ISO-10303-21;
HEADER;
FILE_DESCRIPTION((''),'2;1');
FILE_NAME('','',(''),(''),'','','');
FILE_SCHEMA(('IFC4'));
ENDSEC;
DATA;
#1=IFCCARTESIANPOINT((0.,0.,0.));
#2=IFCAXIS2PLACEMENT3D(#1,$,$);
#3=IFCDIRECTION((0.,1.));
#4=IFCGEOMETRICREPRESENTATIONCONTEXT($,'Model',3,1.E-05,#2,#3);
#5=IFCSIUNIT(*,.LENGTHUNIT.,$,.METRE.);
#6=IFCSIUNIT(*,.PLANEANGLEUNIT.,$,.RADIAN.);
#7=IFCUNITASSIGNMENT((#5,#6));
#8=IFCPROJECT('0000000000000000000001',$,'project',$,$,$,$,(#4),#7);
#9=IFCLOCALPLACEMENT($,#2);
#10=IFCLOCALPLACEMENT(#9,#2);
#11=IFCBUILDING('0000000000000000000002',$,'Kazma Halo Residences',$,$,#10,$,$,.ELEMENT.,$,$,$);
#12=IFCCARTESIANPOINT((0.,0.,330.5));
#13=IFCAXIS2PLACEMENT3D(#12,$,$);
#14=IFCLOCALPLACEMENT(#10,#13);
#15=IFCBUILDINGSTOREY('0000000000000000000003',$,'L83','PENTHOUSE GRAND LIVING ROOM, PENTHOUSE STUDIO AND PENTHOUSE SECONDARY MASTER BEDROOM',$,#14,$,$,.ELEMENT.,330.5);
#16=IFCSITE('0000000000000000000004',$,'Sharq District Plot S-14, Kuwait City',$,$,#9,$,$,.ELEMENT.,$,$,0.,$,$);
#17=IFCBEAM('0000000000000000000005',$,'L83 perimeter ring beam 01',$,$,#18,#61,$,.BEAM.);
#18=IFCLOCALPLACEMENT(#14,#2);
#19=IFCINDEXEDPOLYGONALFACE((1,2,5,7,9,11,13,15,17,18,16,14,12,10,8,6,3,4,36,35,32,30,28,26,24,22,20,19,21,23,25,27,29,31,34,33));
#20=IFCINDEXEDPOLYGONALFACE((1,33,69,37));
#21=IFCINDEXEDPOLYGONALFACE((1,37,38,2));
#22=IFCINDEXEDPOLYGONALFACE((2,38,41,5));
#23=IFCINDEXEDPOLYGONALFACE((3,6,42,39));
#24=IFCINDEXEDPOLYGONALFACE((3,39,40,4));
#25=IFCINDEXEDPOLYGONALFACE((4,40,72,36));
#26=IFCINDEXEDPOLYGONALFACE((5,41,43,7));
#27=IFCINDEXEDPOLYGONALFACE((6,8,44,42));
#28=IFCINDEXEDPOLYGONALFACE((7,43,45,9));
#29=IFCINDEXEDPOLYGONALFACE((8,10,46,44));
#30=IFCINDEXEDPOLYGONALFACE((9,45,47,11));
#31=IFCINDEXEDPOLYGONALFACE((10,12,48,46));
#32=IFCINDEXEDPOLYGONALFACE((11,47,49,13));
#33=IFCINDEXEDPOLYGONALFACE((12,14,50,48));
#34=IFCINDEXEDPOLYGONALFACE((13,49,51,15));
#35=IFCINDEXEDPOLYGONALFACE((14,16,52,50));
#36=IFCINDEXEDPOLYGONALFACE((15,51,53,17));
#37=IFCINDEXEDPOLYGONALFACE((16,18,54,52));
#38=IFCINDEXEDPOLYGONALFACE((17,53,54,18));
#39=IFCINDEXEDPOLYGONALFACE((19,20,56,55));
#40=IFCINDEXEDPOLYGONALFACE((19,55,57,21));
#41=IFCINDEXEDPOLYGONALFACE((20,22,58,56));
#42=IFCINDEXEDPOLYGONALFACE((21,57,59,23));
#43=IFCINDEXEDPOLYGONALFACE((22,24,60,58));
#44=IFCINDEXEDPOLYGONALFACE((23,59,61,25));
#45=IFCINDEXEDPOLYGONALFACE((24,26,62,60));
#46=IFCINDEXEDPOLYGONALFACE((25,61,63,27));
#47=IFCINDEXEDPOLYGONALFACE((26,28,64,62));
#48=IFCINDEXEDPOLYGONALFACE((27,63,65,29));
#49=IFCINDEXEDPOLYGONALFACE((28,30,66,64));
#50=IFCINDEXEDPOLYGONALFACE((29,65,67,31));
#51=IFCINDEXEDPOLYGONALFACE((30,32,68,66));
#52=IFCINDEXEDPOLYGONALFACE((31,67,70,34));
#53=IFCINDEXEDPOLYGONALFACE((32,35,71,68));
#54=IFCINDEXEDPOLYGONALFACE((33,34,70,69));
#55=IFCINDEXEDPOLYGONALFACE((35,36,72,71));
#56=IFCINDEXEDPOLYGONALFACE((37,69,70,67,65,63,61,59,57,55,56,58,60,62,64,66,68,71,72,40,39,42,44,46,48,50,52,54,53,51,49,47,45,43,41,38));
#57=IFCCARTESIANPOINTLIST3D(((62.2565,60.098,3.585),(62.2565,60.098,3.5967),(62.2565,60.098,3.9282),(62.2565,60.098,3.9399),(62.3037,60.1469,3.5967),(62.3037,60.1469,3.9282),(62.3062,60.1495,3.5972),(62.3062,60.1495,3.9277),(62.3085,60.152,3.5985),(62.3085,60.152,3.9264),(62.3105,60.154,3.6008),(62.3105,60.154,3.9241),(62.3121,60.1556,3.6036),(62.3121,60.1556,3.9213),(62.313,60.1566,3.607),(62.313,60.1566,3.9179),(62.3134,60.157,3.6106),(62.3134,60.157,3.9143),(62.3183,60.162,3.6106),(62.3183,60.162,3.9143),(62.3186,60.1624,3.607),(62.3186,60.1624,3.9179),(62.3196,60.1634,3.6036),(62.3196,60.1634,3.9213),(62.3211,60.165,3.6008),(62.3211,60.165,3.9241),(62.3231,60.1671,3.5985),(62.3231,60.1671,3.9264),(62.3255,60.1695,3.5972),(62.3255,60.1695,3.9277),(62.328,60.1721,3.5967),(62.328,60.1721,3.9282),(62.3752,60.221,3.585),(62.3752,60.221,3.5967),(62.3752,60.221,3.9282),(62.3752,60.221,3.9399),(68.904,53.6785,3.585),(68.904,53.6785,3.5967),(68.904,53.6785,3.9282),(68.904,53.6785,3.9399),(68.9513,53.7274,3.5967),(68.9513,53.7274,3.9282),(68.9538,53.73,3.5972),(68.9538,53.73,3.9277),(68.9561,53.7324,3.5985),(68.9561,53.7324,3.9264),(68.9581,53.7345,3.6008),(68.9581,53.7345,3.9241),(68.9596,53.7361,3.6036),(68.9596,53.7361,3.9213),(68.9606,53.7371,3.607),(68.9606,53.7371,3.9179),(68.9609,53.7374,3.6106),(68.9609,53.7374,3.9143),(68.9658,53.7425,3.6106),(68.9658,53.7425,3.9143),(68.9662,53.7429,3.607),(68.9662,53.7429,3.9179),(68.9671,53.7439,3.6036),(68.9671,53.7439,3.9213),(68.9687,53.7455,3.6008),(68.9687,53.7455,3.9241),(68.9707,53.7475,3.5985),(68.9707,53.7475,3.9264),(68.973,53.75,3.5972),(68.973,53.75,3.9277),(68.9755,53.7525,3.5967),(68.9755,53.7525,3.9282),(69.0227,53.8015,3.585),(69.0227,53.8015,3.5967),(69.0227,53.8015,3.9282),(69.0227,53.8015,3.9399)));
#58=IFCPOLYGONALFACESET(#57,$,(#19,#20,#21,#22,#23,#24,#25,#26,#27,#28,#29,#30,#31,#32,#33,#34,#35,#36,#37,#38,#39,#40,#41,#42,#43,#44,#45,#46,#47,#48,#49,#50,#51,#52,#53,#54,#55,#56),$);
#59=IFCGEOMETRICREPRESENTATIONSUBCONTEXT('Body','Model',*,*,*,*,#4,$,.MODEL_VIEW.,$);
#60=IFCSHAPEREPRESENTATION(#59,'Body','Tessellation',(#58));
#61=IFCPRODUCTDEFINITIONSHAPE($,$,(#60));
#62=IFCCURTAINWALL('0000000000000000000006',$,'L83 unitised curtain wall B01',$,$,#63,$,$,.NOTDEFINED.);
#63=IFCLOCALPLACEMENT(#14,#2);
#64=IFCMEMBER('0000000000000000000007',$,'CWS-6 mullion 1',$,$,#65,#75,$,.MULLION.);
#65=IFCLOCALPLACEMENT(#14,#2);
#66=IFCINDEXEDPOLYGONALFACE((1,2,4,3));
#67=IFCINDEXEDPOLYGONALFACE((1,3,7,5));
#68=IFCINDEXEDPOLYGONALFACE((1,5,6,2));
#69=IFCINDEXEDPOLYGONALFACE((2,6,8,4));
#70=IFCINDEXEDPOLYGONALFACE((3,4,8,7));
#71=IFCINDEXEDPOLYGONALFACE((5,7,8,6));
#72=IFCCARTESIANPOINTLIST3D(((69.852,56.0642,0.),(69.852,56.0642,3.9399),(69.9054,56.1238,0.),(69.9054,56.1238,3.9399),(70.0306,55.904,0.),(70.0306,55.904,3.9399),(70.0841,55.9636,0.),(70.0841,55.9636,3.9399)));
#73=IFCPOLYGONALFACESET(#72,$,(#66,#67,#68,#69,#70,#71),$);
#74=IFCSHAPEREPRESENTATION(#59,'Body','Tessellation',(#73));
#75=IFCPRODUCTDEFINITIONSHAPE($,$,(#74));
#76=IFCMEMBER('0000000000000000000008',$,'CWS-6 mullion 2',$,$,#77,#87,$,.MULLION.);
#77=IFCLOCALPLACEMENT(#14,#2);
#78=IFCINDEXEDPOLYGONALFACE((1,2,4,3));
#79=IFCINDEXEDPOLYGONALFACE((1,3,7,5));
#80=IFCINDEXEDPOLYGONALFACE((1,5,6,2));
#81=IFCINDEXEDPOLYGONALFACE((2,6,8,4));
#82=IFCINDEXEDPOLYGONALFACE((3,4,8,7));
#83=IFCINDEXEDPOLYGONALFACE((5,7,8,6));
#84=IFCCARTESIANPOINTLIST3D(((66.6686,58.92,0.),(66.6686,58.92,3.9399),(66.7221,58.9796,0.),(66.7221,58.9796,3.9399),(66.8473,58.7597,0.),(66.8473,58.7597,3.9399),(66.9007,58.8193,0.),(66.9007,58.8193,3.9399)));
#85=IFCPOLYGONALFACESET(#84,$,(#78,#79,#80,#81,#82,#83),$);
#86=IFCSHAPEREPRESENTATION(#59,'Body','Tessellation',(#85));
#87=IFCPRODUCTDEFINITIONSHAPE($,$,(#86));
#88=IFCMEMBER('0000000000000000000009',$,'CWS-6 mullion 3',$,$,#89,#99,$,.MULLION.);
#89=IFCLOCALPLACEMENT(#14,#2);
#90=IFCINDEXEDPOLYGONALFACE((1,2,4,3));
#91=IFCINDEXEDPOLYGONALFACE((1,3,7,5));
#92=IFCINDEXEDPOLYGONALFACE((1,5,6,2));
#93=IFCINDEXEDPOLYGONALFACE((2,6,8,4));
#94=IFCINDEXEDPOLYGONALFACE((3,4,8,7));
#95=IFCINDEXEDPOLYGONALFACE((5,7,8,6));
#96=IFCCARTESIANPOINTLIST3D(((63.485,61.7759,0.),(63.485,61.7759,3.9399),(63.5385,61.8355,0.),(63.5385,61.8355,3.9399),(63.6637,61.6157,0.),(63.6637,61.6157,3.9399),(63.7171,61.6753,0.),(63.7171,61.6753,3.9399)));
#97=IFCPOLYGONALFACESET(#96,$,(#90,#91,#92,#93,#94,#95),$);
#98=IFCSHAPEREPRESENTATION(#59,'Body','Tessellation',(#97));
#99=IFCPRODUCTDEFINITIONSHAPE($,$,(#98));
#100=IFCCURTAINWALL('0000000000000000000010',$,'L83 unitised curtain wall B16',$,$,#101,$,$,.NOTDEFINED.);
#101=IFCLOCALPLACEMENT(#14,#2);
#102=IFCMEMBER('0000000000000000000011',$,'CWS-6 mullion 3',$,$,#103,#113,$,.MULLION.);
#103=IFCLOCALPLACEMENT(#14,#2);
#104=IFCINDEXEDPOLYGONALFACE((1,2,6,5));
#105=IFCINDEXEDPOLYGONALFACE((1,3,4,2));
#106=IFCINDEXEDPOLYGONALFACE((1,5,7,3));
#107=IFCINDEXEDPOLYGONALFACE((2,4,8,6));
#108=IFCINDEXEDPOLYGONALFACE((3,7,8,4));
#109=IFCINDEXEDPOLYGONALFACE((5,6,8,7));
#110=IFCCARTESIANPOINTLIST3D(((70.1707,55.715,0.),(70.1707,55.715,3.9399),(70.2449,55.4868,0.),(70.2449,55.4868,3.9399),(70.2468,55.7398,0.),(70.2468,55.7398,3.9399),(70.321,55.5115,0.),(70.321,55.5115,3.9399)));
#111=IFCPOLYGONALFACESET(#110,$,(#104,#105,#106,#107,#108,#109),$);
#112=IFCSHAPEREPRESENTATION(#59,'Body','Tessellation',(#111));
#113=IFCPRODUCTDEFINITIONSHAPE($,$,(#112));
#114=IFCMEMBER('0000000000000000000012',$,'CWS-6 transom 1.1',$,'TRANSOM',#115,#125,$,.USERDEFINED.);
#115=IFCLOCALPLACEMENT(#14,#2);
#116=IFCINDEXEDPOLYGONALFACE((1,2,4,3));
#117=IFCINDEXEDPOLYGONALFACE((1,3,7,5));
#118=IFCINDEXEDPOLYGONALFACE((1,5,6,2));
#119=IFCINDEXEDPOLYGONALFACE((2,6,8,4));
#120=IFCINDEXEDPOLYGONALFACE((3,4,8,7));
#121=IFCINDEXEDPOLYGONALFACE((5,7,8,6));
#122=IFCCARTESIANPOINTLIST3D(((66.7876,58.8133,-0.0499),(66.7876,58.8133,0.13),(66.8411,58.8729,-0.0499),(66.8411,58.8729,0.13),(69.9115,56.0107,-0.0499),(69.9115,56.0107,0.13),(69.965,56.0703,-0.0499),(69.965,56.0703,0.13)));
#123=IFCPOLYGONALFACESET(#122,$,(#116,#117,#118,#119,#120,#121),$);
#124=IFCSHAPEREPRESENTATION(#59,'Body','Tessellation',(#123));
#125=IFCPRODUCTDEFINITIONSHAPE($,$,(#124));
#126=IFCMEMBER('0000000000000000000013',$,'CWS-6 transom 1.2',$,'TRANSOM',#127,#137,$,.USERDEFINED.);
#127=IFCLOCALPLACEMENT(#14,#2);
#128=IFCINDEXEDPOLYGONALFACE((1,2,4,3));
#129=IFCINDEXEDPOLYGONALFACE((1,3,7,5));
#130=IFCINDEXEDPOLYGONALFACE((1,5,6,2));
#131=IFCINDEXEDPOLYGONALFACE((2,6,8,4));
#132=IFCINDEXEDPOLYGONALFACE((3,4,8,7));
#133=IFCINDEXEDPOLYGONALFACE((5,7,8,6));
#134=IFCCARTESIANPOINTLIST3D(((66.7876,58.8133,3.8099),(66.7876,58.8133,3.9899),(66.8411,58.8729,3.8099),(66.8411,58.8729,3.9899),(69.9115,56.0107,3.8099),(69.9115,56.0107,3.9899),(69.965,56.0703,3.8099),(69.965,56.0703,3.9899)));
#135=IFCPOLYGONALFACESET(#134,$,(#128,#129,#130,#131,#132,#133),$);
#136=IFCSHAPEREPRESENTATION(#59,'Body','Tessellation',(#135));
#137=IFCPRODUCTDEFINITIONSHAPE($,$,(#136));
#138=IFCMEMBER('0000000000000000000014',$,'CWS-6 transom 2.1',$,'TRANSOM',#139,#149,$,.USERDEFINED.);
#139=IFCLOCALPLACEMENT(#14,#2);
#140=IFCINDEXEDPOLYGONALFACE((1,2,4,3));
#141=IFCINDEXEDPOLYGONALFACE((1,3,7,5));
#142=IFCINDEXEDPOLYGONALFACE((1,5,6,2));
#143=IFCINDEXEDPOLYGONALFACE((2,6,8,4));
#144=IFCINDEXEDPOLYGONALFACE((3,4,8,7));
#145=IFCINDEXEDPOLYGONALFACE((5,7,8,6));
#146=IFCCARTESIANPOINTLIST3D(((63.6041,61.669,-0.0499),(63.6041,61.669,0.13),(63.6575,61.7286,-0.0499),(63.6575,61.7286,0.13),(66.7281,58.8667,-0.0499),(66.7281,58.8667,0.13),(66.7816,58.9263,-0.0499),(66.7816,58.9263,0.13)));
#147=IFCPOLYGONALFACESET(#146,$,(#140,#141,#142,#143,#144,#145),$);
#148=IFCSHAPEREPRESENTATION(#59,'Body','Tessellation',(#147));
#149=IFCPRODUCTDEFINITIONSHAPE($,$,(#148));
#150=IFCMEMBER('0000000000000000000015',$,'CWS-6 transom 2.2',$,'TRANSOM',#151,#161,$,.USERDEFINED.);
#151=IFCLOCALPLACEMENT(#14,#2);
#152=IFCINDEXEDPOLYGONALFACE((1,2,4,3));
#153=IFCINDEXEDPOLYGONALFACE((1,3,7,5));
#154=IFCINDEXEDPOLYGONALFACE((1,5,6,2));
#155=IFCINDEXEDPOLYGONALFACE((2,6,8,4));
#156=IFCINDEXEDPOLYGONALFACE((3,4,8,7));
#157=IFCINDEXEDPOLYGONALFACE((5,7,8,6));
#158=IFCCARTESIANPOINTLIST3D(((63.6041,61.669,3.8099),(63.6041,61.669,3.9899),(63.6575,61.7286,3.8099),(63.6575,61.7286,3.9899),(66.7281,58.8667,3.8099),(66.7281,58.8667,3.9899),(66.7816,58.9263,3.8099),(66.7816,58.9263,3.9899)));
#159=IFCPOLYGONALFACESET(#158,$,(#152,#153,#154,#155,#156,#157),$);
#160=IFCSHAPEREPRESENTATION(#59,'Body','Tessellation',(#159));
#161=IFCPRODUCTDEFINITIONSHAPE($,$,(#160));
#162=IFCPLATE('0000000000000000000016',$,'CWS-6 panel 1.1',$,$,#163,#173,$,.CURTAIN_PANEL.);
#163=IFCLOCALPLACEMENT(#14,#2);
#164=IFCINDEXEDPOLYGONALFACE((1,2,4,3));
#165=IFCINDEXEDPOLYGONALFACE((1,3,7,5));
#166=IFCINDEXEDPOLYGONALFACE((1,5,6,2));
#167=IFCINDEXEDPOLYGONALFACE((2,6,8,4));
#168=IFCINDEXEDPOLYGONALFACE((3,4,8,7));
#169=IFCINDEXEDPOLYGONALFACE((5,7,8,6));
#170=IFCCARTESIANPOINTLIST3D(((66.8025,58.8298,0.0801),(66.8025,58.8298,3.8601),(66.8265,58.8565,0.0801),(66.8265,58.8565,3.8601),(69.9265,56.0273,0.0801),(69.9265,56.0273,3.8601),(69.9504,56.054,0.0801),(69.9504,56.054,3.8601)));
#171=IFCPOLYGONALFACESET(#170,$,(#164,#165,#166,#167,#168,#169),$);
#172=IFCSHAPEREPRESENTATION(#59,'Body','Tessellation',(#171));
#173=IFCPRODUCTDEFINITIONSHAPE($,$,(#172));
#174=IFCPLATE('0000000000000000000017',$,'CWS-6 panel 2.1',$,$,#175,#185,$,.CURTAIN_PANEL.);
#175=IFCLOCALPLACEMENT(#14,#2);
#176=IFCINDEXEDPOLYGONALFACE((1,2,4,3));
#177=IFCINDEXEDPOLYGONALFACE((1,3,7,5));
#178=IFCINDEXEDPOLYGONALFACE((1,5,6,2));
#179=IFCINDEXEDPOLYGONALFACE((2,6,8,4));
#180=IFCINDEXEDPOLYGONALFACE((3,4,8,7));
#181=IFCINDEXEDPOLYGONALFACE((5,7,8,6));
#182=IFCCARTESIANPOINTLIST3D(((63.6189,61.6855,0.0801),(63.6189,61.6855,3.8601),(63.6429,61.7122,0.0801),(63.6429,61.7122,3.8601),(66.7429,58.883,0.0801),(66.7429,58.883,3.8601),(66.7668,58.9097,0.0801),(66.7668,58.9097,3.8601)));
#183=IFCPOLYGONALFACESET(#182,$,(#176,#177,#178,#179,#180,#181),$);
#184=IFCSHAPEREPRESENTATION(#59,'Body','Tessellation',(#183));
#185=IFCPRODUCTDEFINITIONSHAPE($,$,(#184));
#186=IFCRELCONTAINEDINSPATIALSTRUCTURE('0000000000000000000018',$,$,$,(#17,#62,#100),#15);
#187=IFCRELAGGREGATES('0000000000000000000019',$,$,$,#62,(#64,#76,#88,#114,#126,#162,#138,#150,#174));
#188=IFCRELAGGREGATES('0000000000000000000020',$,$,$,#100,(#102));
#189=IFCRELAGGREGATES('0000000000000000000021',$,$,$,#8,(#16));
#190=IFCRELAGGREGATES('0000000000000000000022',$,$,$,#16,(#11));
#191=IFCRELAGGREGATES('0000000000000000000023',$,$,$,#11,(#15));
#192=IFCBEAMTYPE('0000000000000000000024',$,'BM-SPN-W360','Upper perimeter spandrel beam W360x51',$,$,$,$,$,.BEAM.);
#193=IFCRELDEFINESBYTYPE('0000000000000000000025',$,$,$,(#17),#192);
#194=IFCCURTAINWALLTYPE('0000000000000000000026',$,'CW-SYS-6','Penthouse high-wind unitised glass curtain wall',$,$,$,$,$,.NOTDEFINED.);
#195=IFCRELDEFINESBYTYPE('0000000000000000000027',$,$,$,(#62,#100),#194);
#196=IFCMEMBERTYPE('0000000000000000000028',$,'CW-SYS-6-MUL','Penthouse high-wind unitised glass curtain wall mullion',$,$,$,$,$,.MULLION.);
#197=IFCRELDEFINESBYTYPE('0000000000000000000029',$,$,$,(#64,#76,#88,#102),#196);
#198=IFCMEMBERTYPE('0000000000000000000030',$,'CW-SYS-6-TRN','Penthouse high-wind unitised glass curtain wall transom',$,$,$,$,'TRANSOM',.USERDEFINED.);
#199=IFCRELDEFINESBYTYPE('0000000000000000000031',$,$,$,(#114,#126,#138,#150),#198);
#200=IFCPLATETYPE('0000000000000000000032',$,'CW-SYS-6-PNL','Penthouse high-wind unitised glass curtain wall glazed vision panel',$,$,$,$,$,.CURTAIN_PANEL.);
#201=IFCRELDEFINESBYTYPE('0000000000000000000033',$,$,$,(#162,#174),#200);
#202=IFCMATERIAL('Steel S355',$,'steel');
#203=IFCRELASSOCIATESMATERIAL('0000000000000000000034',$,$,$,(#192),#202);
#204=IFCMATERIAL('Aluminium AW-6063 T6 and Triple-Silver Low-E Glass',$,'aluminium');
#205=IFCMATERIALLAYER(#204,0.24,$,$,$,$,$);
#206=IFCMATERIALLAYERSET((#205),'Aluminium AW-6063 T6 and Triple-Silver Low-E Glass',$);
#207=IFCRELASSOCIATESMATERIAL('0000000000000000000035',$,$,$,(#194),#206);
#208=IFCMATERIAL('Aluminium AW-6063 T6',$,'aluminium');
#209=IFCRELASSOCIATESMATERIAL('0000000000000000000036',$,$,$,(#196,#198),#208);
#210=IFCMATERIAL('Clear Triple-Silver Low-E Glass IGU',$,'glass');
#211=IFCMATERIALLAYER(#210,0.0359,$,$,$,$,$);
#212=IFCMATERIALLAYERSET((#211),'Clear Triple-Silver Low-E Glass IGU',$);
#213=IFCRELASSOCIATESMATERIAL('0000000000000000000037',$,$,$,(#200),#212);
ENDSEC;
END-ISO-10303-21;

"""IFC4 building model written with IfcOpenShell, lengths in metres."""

from ifc_helpers import new_model, si_unit, direction, frame, origin, origin_2d, place, context, subcontext, project, spatial, rectangle, i_section, extrude, material, layer, layer_set, material_profile, profile_set, type_object, element, aggregate, save


model = new_model("IFC4")

# Units and contexts
model_context = context("Model", 3, precision=1e-05, world=origin(), true_north=direction((0.0, 1.0)))
body_context = subcontext(model_context, "Body", "Model", "MODEL_VIEW")
ifc_project = project(units=[si_unit("LENGTHUNIT", "METRE"), si_unit("PLANEANGLEUNIT", "RADIAN")], contexts=[model_context])

# Site, building, storey
site_placement = place(None, origin())
site = spatial("IfcSite", under=ifc_project, at=site_placement, Name="Sharq District Plot S-14, Kuwait City", CompositionType="ELEMENT", RefElevation=0.0)
building_placement = place(site_placement, origin())
building = spatial("IfcBuilding", under=site, at=building_placement, Name="Kazma Halo Residences", CompositionType="ELEMENT")
storey_placement = place(building_placement, frame((0.0, 0.0, 330.5)))
storey = spatial("IfcBuildingStorey", under=building, at=storey_placement, Name="L83", Description="PENTHOUSE GRAND LIVING ROOM, PENTHOUSE STUDIO AND PENTHOUSE SECONDARY MASTER BEDROOM", CompositionType="ELEMENT", Elevation=330.5)

# Beam
ifc_material_1 = material(Name="Steel S355", Category="steel")
ifc_material_profile_1 = material_profile(ifc_material_1, i_section(OverallWidth=0.1709, OverallDepth=0.355, WebThickness=0.0071, FlangeThickness=0.0117, FilletRadius=0.0139, at=origin_2d()), Name="W360x51")
ifc_profile_set_1 = profile_set([ifc_material_profile_1], Name="Steel S355")
beam_type_1 = type_object("IfcBeamType", Name="BM-SPN-W360", Description="Upper perimeter spandrel beam W360x51", PredefinedType="BEAM", material=ifc_profile_set_1)
beam_1_placement = place(storey_placement, frame((68.9634, 53.74, 3.7625), z_axis=(-0.719337, 0.694661, 0.0), x_axis=(-0.694661, -0.719337, 0.0)))
element("IfcBeam", 1, at=beam_1_placement, inside=storey, type_object=beam_type_1, Name="L83 perimeter ring beam 01", PredefinedType="BEAM", context=body_context, shape_type="SweptSolid", body=[
    extrude(i_section(OverallWidth=0.1709, OverallDepth=0.355, WebThickness=0.0071, FlangeThickness=0.0117, FilletRadius=0.0139, at=origin_2d()), origin(), (0.0, 0.0, 1.0), 9.2412),
])

# Curtain wall, members
ifc_material_2 = material(Name="Aluminium AW-6063 T6 and Triple-Silver Low-E Glass", Category="aluminium")
ifc_layer_1 = layer(ifc_material_2, 0.24)
ifc_layer_set_1 = layer_set([ifc_layer_1], Name="Aluminium AW-6063 T6 and Triple-Silver Low-E Glass")
curtain_wall_type = type_object("IfcCurtainWallType", Name="CW-SYS-6", Description="Penthouse high-wind unitised glass curtain wall", PredefinedType="NOTDEFINED", material=ifc_layer_set_1)
curtain_wall_1_placement = place(storey_placement, origin())
curtain_wall_1 = element("IfcCurtainWall", 2, at=curtain_wall_1_placement, inside=storey, type_object=curtain_wall_type, Name="L83 unitised curtain wall B01", PredefinedType="NOTDEFINED")
ifc_material_3 = material(Name="Aluminium AW-6063 T6", Category="aluminium")
ifc_material_profile_2 = material_profile(ifc_material_3, rectangle(XDim=0.0801, YDim=0.24, at=origin_2d()), Name="CWM-80x240")
ifc_profile_set_2 = profile_set([ifc_material_profile_2], Name="Aluminium AW-6063 T6")
member_type_1 = type_object("IfcMemberType", Name="CW-SYS-6-MUL", Description="Penthouse high-wind unitised glass curtain wall mullion", PredefinedType="MULLION", material=ifc_profile_set_2)
member_1_placement = place(storey_placement, frame((69.968, 56.0139, 0.0), z_axis=(0.0, 0.0, 1.0), x_axis=(-0.667758, -0.744379, 0.0)))
member_1 = element("IfcMember", 3, at=member_1_placement, type_object=member_type_1, Name="CWS-6 mullion 1", PredefinedType="MULLION", context=body_context, shape_type="SweptSolid", body=[
    extrude(rectangle(XDim=0.0801, YDim=0.24, at=origin_2d()), origin(), (0.0, 0.0, 1.0), 3.9399),
])
member_2_placement = place(storey_placement, frame((66.7847, 58.8696, 0.0), z_axis=(0.0, 0.0, 1.0), x_axis=(-0.667758, -0.744379, 0.0)))
member_2 = element("IfcMember", 4, at=member_2_placement, type_object=member_type_1, Name="CWS-6 mullion 2", PredefinedType="MULLION", context=body_context, shape_type="SweptSolid", body=[
    extrude(rectangle(XDim=0.0801, YDim=0.24, at=origin_2d()), origin(), (0.0, 0.0, 1.0), 3.9399),
])
member_3_placement = place(storey_placement, frame((63.6011, 61.7256, 0.0), z_axis=(0.0, 0.0, 1.0), x_axis=(-0.667758, -0.744379, 0.0)))
member_3 = element("IfcMember", 5, at=member_3_placement, type_object=member_type_1, Name="CWS-6 mullion 3", PredefinedType="MULLION", context=body_context, shape_type="SweptSolid", body=[
    extrude(rectangle(XDim=0.0801, YDim=0.24, at=origin_2d()), origin(), (0.0, 0.0, 1.0), 3.9399),
])

# Curtain wall, member
curtain_wall_2_placement = place(storey_placement, origin())
curtain_wall_2 = element("IfcCurtainWall", 6, at=curtain_wall_2_placement, inside=storey, type_object=curtain_wall_type, Name="L83 unitised curtain wall B16", PredefinedType="NOTDEFINED")
member_4_placement = place(storey_placement, frame((70.2458, 55.6133, 0.0), z_axis=(0.0, 0.0, 1.0), x_axis=(-0.951056, -0.309019, 0.0)))
member_4 = element("IfcMember", 7, at=member_4_placement, type_object=member_type_1, Name="CWS-6 mullion 3", PredefinedType="MULLION", context=body_context, shape_type="SweptSolid", body=[
    extrude(rectangle(XDim=0.0801, YDim=0.24, at=origin_2d()), origin(), (0.0, 0.0, 1.0), 3.9399),
])

# Members
ifc_material_profile_3 = material_profile(ifc_material_3, rectangle(XDim=0.0801, YDim=0.1799, at=origin_2d()), Name="CWT-80x180")
ifc_profile_set_3 = profile_set([ifc_material_profile_3], Name="Aluminium AW-6063 T6")
member_type_2 = type_object("IfcMemberType", Name="CW-SYS-6-TRN", Description="Penthouse high-wind unitised glass curtain wall transom", ElementType="TRANSOM", PredefinedType="USERDEFINED", material=ifc_profile_set_3)
member_5_placement = place(storey_placement, frame((69.9382, 56.0405, 0.04), z_axis=(-0.744349, 0.667791, 0.0), x_axis=(-0.667791, -0.744349, 0.0)))
member_5 = element("IfcMember", 8, at=member_5_placement, type_object=member_type_2, Name="CWS-6 transom 1.1", ObjectType="TRANSOM", PredefinedType="USERDEFINED", context=body_context, shape_type="SweptSolid", body=[
    extrude(rectangle(XDim=0.0801, YDim=0.1799, at=origin_2d()), origin(), (0.0, 0.0, 1.0), 4.1968),
])
member_6_placement = place(storey_placement, frame((69.9382, 56.0405, 3.8999), z_axis=(-0.744349, 0.667791, 0.0), x_axis=(-0.667791, -0.744349, 0.0)))
member_6 = element("IfcMember", 9, at=member_6_placement, type_object=member_type_2, Name="CWS-6 transom 1.2", ObjectType="TRANSOM", PredefinedType="USERDEFINED", context=body_context, shape_type="SweptSolid", body=[
    extrude(rectangle(XDim=0.0801, YDim=0.1799, at=origin_2d()), origin(), (0.0, 0.0, 1.0), 4.1968),
])
member_7_placement = place(storey_placement, frame((66.7549, 58.8965, 0.04), z_axis=(-0.744404, 0.66773, 0.0), x_axis=(-0.66773, -0.744404, 0.0)))
member_7 = element("IfcMember", 10, at=member_7_placement, type_object=member_type_2, Name="CWS-6 transom 2.1", ObjectType="TRANSOM", PredefinedType="USERDEFINED", context=body_context, shape_type="SweptSolid", body=[
    extrude(rectangle(XDim=0.0801, YDim=0.1799, at=origin_2d()), origin(), (0.0, 0.0, 1.0), 4.1968),
])
member_8_placement = place(storey_placement, frame((66.7549, 58.8965, 3.8999), z_axis=(-0.744404, 0.66773, 0.0), x_axis=(-0.66773, -0.744404, 0.0)))
member_8 = element("IfcMember", 11, at=member_8_placement, type_object=member_type_2, Name="CWS-6 transom 2.2", ObjectType="TRANSOM", PredefinedType="USERDEFINED", context=body_context, shape_type="SweptSolid", body=[
    extrude(rectangle(XDim=0.0801, YDim=0.1799, at=origin_2d()), origin(), (0.0, 0.0, 1.0), 4.1968),
])

# Plates
ifc_material_4 = material(Name="Clear Triple-Silver Low-E Glass IGU", Category="glass")
ifc_layer_2 = layer(ifc_material_4, 0.0359)
ifc_layer_set_2 = layer_set([ifc_layer_2], Name="Clear Triple-Silver Low-E Glass IGU")
plate_type = type_object("IfcPlateType", Name="CW-SYS-6-PNL", Description="Penthouse high-wind unitised glass curtain wall glazed vision panel", PredefinedType="CURTAIN_PANEL", material=ifc_layer_set_2)
plate_1_placement = place(storey_placement, frame((68.3765, 57.4419, 0.0801), z_axis=(0.0, 0.0, 1.0), x_axis=(-0.744379, 0.667758, 0.0)))
plate_1 = element("IfcPlate", 12, at=plate_1_placement, type_object=plate_type, Name="CWS-6 panel 1.1", PredefinedType="CURTAIN_PANEL", context=body_context, shape_type="SweptSolid", body=[
    extrude(rectangle(XDim=4.1968, YDim=0.0359, at=origin_2d()), origin(), (0.0, 0.0, 1.0), 3.78),
])
plate_2_placement = place(storey_placement, frame((65.1929, 60.2976, 0.0801), z_axis=(0.0, 0.0, 1.0), x_axis=(-0.744379, 0.667758, 0.0)))
plate_2 = element("IfcPlate", 13, at=plate_2_placement, type_object=plate_type, Name="CWS-6 panel 2.1", PredefinedType="CURTAIN_PANEL", context=body_context, shape_type="SweptSolid", body=[
    extrude(rectangle(XDim=4.1968, YDim=0.0359, at=origin_2d()), origin(), (0.0, 0.0, 1.0), 3.78),
])
aggregate(curtain_wall_1, [member_1, member_2, member_3, member_5, member_6, plate_1, member_7, member_8, plate_2])
aggregate(curtain_wall_2, [member_4])

save(model, "model.ifc")
